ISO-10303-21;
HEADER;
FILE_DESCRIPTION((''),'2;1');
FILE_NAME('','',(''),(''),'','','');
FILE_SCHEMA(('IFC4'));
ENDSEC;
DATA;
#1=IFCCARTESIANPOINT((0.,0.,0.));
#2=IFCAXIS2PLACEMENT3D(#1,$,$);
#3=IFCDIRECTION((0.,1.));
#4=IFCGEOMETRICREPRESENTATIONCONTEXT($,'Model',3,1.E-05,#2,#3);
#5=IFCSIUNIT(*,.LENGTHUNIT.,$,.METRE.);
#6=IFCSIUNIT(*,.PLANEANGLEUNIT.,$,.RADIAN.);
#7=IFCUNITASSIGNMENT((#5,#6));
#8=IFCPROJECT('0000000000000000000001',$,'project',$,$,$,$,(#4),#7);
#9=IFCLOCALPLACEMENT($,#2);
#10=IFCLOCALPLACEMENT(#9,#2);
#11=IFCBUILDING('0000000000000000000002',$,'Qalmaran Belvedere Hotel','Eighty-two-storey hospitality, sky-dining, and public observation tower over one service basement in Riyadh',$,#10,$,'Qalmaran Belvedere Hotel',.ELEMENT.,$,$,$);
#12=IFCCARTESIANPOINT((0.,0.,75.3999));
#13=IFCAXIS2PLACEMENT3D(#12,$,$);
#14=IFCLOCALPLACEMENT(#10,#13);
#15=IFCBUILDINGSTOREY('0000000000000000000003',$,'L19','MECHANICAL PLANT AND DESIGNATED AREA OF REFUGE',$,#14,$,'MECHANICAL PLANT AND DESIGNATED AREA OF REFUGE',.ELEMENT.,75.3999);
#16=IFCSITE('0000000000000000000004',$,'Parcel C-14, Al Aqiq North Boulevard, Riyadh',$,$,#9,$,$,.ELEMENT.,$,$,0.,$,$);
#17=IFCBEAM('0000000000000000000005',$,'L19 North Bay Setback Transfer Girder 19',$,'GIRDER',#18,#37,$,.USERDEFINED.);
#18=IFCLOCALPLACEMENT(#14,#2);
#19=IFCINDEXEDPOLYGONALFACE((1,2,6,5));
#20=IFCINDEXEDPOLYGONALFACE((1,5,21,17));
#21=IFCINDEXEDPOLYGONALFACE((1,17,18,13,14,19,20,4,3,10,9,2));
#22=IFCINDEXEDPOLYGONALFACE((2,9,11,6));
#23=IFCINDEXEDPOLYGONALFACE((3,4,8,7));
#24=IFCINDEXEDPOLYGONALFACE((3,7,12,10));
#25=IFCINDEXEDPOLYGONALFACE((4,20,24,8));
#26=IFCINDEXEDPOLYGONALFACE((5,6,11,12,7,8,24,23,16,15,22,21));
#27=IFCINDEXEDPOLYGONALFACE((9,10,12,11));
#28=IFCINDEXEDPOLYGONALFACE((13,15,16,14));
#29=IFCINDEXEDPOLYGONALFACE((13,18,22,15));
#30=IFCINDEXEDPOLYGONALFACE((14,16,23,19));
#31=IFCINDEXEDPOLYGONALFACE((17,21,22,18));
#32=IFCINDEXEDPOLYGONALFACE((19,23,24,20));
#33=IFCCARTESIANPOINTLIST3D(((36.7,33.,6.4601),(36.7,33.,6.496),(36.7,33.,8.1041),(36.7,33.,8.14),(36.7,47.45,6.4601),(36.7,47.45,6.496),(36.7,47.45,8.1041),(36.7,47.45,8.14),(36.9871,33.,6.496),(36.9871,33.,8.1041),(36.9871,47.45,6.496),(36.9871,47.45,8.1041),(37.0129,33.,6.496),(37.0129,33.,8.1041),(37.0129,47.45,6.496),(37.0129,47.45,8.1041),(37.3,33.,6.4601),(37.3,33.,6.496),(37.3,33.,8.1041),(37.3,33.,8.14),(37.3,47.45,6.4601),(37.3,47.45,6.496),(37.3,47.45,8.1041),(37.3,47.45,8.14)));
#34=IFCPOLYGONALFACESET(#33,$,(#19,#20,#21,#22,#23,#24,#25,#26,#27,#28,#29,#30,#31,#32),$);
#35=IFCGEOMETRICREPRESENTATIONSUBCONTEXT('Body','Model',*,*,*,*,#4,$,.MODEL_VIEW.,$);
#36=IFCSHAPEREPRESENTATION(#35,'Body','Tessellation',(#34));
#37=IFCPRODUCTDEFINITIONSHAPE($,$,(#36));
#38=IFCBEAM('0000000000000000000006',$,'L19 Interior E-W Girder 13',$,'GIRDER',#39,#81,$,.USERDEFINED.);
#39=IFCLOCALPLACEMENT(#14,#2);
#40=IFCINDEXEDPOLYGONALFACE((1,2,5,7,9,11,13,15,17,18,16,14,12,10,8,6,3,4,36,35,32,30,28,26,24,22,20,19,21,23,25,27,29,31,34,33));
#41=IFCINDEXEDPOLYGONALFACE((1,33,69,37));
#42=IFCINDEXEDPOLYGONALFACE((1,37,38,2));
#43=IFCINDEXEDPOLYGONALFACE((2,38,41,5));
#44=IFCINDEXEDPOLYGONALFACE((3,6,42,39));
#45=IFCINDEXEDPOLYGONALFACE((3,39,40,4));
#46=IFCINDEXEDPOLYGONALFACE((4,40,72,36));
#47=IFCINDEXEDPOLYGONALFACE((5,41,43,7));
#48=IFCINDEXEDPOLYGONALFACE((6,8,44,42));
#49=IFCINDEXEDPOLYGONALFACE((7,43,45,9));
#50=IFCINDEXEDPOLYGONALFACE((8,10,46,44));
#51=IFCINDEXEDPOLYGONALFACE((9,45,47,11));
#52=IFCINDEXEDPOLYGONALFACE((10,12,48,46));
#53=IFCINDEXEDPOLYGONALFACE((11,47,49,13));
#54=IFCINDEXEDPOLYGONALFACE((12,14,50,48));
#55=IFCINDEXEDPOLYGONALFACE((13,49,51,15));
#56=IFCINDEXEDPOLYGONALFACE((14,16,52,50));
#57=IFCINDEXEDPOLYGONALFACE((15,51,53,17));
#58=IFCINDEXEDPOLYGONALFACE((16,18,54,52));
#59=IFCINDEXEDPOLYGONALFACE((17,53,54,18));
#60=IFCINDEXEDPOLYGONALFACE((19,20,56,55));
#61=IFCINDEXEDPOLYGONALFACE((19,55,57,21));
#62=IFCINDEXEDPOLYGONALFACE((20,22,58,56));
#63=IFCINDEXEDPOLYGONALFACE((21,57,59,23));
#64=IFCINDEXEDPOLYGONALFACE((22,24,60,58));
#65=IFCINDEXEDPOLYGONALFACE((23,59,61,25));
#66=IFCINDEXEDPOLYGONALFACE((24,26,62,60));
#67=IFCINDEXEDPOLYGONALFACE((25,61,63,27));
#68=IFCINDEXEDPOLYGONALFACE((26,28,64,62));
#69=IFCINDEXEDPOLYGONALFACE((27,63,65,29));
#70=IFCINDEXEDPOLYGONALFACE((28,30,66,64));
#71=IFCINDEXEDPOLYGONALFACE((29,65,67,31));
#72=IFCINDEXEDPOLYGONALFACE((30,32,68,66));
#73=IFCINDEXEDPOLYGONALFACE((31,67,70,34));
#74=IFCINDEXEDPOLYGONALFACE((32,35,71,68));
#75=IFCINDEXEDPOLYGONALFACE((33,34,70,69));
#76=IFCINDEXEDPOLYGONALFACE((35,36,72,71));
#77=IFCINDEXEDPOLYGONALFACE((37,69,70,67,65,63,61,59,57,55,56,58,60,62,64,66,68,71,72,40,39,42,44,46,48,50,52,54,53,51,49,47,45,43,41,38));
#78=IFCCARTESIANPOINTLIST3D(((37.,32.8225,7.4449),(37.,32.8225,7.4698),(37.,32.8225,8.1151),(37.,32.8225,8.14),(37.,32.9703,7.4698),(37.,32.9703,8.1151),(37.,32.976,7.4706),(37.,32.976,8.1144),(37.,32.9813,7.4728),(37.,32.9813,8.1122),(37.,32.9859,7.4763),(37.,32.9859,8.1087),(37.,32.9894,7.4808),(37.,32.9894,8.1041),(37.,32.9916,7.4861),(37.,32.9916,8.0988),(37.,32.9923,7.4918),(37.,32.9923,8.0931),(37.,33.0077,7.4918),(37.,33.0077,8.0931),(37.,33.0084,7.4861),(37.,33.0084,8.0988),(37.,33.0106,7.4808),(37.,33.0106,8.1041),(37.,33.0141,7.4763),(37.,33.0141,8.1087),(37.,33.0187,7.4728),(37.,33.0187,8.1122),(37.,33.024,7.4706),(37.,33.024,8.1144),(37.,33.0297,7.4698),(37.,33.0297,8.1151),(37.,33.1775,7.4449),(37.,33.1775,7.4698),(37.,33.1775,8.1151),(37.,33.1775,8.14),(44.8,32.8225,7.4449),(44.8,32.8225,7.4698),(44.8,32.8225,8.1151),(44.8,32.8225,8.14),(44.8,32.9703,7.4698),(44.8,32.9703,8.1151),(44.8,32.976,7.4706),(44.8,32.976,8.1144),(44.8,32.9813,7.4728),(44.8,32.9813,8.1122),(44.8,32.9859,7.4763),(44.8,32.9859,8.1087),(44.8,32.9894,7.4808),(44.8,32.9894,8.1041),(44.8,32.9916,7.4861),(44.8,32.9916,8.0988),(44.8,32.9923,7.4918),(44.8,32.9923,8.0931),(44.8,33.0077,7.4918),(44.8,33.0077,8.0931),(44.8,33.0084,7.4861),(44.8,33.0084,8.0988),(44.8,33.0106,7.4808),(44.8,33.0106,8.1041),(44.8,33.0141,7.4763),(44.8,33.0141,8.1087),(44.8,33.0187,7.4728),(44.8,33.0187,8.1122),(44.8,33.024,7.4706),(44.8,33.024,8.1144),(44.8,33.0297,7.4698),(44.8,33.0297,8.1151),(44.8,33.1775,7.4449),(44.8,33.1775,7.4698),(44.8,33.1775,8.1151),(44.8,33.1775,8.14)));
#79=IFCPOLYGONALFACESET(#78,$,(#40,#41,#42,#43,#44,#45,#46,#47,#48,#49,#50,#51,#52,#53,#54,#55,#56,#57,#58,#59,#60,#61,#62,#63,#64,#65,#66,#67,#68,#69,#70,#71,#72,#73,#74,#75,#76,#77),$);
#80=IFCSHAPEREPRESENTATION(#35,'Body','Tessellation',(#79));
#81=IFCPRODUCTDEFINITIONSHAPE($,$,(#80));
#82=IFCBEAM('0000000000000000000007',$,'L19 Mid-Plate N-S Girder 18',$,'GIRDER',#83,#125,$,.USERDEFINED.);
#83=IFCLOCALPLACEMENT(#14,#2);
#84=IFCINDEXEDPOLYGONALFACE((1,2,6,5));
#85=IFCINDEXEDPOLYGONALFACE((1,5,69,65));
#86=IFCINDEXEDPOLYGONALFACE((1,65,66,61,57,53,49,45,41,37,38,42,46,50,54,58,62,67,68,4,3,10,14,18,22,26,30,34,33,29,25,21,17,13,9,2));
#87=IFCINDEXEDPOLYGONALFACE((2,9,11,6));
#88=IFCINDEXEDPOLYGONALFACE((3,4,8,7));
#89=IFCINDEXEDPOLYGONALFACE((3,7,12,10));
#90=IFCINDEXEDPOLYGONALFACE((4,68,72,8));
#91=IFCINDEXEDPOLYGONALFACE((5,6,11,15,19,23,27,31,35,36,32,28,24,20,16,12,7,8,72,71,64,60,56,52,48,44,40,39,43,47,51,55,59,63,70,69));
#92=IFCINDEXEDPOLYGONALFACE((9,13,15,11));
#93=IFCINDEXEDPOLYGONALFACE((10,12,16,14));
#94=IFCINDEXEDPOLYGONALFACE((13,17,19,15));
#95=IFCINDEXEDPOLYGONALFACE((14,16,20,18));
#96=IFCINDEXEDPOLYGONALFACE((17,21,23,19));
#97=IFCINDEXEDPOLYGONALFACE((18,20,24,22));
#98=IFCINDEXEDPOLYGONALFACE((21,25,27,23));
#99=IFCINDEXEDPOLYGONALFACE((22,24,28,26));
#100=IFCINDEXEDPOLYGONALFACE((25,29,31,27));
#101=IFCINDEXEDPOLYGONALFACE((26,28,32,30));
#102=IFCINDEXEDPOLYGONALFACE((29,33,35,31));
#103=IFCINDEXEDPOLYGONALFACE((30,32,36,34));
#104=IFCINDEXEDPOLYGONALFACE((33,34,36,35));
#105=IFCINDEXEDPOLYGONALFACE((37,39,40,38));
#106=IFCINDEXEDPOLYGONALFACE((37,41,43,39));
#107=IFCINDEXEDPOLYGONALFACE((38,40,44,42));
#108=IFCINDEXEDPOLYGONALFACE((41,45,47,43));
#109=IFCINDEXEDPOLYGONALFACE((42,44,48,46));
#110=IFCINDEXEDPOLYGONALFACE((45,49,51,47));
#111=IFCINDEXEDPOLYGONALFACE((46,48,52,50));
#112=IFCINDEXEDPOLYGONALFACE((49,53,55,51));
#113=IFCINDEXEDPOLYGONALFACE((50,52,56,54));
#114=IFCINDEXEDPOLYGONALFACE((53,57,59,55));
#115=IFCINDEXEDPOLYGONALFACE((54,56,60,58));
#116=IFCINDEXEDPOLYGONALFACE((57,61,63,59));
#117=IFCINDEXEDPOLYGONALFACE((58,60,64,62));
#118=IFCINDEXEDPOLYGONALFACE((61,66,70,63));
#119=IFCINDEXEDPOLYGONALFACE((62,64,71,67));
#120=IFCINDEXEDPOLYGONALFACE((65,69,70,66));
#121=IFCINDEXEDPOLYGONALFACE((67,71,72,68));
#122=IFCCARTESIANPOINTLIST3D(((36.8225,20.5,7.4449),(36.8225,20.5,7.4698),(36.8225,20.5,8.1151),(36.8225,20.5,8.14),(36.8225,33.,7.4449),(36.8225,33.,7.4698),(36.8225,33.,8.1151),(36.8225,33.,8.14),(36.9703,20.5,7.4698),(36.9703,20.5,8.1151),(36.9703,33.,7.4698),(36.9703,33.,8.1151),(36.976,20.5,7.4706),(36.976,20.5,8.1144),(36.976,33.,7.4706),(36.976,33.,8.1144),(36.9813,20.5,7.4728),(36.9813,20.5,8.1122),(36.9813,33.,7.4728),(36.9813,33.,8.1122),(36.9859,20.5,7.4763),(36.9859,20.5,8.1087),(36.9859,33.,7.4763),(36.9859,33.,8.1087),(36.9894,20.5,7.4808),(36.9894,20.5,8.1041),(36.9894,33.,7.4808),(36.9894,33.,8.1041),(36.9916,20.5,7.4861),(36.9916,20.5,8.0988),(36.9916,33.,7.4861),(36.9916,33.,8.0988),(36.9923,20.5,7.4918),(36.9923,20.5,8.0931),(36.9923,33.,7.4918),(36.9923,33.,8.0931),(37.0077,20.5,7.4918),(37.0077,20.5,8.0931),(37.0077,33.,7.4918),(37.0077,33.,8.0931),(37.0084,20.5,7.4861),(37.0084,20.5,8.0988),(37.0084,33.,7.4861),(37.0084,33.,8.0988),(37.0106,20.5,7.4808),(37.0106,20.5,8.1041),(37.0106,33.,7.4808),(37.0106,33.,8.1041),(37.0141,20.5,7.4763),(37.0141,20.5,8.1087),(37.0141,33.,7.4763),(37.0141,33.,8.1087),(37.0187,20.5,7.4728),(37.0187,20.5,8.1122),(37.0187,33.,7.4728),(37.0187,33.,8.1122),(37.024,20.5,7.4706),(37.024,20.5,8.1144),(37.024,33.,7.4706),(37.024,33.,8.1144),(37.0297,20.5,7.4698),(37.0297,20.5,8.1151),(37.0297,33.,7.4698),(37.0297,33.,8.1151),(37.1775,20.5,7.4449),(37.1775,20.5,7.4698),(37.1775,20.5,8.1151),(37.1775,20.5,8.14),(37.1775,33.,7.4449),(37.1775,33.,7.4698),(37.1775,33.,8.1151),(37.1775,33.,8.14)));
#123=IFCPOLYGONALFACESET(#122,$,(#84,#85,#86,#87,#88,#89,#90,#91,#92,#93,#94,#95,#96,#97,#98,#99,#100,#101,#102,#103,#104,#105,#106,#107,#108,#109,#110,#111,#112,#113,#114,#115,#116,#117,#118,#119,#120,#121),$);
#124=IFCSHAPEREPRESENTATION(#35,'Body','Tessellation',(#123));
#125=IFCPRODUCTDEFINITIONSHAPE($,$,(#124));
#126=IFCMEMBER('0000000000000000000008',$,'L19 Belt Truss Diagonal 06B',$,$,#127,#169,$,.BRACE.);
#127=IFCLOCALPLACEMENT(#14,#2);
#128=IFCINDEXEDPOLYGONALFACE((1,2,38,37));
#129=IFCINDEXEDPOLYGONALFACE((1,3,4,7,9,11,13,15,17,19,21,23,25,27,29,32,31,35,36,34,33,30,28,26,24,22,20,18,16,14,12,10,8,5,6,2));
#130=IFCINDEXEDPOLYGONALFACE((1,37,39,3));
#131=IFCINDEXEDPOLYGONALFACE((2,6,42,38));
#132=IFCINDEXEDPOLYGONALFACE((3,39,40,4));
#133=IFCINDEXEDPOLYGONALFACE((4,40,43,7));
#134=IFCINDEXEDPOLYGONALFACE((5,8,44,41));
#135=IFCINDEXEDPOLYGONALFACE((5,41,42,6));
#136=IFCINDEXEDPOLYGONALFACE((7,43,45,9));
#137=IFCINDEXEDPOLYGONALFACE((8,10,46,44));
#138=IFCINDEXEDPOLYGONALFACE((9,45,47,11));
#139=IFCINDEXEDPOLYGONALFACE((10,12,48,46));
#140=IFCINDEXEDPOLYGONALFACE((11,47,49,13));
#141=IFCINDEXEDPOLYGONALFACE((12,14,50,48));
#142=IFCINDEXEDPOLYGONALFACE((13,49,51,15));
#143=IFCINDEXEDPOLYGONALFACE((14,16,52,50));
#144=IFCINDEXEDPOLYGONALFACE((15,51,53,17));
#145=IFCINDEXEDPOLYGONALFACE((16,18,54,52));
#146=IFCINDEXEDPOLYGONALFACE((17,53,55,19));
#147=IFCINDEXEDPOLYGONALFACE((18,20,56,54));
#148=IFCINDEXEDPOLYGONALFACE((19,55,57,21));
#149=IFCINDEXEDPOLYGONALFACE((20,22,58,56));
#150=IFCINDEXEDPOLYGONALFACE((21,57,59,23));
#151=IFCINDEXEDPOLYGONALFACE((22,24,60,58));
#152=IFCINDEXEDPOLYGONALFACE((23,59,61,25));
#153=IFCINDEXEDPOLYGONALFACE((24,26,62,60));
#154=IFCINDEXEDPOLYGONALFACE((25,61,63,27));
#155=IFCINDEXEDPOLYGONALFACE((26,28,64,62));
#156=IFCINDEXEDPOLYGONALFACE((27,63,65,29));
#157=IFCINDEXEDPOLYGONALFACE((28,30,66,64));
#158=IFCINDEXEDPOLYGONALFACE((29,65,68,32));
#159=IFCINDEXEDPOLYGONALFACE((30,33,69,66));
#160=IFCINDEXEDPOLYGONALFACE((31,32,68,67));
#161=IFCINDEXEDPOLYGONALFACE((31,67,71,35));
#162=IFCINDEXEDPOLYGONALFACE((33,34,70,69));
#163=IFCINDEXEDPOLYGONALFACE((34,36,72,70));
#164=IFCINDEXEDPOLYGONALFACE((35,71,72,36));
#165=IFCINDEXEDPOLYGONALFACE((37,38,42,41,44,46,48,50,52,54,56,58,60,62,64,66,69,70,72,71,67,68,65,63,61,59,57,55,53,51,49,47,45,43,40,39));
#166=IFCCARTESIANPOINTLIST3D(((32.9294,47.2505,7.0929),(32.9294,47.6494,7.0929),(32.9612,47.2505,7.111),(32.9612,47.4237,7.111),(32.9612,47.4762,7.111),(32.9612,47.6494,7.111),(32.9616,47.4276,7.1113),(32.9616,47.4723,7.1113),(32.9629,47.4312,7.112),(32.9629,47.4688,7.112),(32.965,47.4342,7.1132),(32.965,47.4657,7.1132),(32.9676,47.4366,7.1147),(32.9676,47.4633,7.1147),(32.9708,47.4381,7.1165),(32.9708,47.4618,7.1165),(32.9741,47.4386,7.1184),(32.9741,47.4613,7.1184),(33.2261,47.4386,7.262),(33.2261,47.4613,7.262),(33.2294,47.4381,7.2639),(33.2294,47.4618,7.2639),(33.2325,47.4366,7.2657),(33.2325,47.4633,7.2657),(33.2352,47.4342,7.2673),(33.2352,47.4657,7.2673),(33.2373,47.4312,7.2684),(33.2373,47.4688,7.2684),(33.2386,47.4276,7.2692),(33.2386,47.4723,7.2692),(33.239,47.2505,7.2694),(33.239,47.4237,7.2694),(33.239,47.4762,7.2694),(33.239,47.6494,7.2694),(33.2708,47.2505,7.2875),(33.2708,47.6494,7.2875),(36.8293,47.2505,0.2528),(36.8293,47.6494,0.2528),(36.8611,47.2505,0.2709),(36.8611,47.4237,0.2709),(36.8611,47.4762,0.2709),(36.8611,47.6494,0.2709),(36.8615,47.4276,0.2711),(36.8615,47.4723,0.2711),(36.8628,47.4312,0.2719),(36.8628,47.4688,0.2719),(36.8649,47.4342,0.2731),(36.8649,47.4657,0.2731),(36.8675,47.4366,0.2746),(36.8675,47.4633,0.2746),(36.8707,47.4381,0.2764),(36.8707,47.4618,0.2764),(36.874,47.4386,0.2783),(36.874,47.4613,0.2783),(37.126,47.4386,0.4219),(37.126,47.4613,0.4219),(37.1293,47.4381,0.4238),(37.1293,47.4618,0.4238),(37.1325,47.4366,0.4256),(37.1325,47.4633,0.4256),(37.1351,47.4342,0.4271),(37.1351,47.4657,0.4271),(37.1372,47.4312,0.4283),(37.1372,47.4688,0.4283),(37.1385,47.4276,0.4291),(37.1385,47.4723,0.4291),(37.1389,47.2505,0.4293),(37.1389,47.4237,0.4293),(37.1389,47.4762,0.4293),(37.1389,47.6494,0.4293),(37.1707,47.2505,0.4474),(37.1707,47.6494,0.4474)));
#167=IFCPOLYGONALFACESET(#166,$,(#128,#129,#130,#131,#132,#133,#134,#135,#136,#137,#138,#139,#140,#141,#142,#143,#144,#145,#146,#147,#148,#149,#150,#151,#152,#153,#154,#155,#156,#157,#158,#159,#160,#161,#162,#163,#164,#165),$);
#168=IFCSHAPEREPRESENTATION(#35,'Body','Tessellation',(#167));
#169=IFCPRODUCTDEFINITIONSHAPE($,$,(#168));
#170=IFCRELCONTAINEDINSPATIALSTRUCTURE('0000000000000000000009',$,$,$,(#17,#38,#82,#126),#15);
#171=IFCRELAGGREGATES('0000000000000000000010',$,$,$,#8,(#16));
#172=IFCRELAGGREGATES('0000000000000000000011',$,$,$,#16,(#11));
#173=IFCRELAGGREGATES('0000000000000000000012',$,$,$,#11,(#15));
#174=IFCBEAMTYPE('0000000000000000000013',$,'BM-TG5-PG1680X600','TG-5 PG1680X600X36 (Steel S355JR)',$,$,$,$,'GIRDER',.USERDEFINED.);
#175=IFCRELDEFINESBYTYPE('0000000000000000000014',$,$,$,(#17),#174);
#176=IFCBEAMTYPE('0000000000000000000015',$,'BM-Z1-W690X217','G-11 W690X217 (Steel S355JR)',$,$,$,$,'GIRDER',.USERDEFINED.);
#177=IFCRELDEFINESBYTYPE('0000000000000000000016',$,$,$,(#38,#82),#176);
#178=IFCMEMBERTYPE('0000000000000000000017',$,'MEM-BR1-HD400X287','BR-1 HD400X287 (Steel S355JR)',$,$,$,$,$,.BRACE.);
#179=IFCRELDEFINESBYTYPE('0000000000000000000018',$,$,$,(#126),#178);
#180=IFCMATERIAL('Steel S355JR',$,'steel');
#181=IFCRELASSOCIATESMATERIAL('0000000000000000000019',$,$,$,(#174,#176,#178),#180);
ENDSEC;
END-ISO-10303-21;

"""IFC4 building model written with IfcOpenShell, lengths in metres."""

from ifc_helpers import new_model, si_unit, direction, frame, origin, origin_2d, place, context, subcontext, project, spatial, i_section, extrude, material, material_profile, profile_set, type_object, element, save


model = new_model("IFC4")

# Units and contexts
model_context = context("Model", 3, precision=1e-05, world=origin(), true_north=direction((0.0, 1.0)))
body_context = subcontext(model_context, "Body", "Model", "MODEL_VIEW")
ifc_project = project(units=[si_unit("LENGTHUNIT", "METRE"), si_unit("PLANEANGLEUNIT", "RADIAN")], contexts=[model_context])

# Site, building, storey
site_placement = place(None, origin())
site = spatial("IfcSite", under=ifc_project, at=site_placement, Name="Parcel C-14, Al Aqiq North Boulevard, Riyadh", CompositionType="ELEMENT", RefElevation=0.0)
building_placement = place(site_placement, origin())
building = spatial("IfcBuilding", under=site, at=building_placement, Name="Qalmaran Belvedere Hotel", Description="Eighty-two-storey hospitality, sky-dining, and public observation tower over one service basement in Riyadh", LongName="Qalmaran Belvedere Hotel", CompositionType="ELEMENT")
storey_placement = place(building_placement, frame((0.0, 0.0, 75.3999)))
storey = spatial("IfcBuildingStorey", under=building, at=storey_placement, Name="L19", Description="MECHANICAL PLANT AND DESIGNATED AREA OF REFUGE", LongName="MECHANICAL PLANT AND DESIGNATED AREA OF REFUGE", CompositionType="ELEMENT", Elevation=75.3999)

# Beams
ifc_material_1 = material(Name="Steel S355JR", Category="steel")
ifc_material_profile_1 = material_profile(ifc_material_1, i_section(OverallWidth=0.6001, OverallDepth=1.6799, WebThickness=0.0259, FlangeThickness=0.0359, at=origin_2d()), Name="PG1680X600X36")
ifc_profile_set_1 = profile_set([ifc_material_profile_1], Name="Steel S355JR")
beam_type_1 = type_object("IfcBeamType", Name="BM-TG5-PG1680X600", Description="TG-5 PG1680X600X36 (Steel S355JR)", ElementType="GIRDER", PredefinedType="USERDEFINED", material=ifc_profile_set_1)
beam_1_placement = place(storey_placement, frame((37.0, 33.0, 7.3), z_axis=(0.0, 1.0, 0.0), x_axis=(-1.0, 0.0, 0.0)))
element("IfcBeam", 1, at=beam_1_placement, inside=storey, type_object=beam_type_1, Name="L19 North Bay Setback Transfer Girder 19", ObjectType="GIRDER", PredefinedType="USERDEFINED", context=body_context, shape_type="SweptSolid", body=[
    extrude(i_section(OverallWidth=0.6001, OverallDepth=1.6799, WebThickness=0.0259, FlangeThickness=0.0359, at=origin_2d()), origin(), (0.0, 0.0, 1.0), 14.45),
])
ifc_material_profile_2 = material_profile(ifc_material_1, i_section(OverallWidth=0.355, OverallDepth=0.6951, WebThickness=0.0154, FlangeThickness=0.0249, FilletRadius=0.022, at=origin_2d()), Name="W690X217")
ifc_profile_set_2 = profile_set([ifc_material_profile_2], Name="Steel S355JR")
beam_type_2 = type_object("IfcBeamType", Name="BM-Z1-W690X217", Description="G-11 W690X217 (Steel S355JR)", ElementType="GIRDER", PredefinedType="USERDEFINED", material=ifc_profile_set_2)
beam_2_placement = place(storey_placement, frame((37.0, 33.0, 7.7925), z_axis=(1.0, 0.0, 0.0), x_axis=(0.0, 1.0, 0.0)))
element("IfcBeam", 2, at=beam_2_placement, inside=storey, type_object=beam_type_2, Name="L19 Interior E-W Girder 13", ObjectType="GIRDER", PredefinedType="USERDEFINED", context=body_context, shape_type="SweptSolid", body=[
    extrude(i_section(OverallWidth=0.355, OverallDepth=0.6951, WebThickness=0.0154, FlangeThickness=0.0249, FilletRadius=0.022, at=origin_2d()), origin(), (0.0, 0.0, 1.0), 7.8),
])
beam_3_placement = place(storey_placement, frame((37.0, 20.5, 7.7925), z_axis=(0.0, 1.0, 0.0), x_axis=(-1.0, 0.0, 0.0)))
element("IfcBeam", 3, at=beam_3_placement, inside=storey, type_object=beam_type_2, Name="L19 Mid-Plate N-S Girder 18", ObjectType="GIRDER", PredefinedType="USERDEFINED", context=body_context, shape_type="SweptSolid", body=[
    extrude(i_section(OverallWidth=0.355, OverallDepth=0.6951, WebThickness=0.0154, FlangeThickness=0.0249, FilletRadius=0.022, at=origin_2d()), origin(), (0.0, 0.0, 1.0), 12.5),
])

# Member
ifc_material_profile_3 = material_profile(ifc_material_1, i_section(OverallWidth=0.3989, OverallDepth=0.3931, WebThickness=0.0227, FlangeThickness=0.0366, FilletRadius=0.0149, at=origin_2d()), Name="HD400X287")
ifc_profile_set_3 = profile_set([ifc_material_profile_3], Name="Steel S355JR")
member_type_1 = type_object("IfcMemberType", Name="MEM-BR1-HD400X287", Description="BR-1 HD400X287 (Steel S355JR)", PredefinedType="BRACE", material=ifc_profile_set_3)
for number, where, z_axis, x_axis, name in (
    (4, (37.0, 47.45, 0.3501), (-0.495304, 0.0, 0.86872), (0.0, -1.0, 0.0), "L19 Belt Truss Diagonal 06B"),
):
    element("IfcMember", number, at=place(storey_placement, frame(where, z_axis=z_axis, x_axis=x_axis)), inside=storey, type_object=member_type_1, Name=name, PredefinedType="BRACE", context=body_context, shape_type="SweptSolid", body=[
        extrude(i_section(OverallWidth=0.3989, OverallDepth=0.3931, WebThickness=0.0227, FlangeThickness=0.0366, FilletRadius=0.0149, at=origin_2d()), origin(), (0.0, 0.0, 1.0), 7.8738),
    ])

save(model, "model.ifc")
